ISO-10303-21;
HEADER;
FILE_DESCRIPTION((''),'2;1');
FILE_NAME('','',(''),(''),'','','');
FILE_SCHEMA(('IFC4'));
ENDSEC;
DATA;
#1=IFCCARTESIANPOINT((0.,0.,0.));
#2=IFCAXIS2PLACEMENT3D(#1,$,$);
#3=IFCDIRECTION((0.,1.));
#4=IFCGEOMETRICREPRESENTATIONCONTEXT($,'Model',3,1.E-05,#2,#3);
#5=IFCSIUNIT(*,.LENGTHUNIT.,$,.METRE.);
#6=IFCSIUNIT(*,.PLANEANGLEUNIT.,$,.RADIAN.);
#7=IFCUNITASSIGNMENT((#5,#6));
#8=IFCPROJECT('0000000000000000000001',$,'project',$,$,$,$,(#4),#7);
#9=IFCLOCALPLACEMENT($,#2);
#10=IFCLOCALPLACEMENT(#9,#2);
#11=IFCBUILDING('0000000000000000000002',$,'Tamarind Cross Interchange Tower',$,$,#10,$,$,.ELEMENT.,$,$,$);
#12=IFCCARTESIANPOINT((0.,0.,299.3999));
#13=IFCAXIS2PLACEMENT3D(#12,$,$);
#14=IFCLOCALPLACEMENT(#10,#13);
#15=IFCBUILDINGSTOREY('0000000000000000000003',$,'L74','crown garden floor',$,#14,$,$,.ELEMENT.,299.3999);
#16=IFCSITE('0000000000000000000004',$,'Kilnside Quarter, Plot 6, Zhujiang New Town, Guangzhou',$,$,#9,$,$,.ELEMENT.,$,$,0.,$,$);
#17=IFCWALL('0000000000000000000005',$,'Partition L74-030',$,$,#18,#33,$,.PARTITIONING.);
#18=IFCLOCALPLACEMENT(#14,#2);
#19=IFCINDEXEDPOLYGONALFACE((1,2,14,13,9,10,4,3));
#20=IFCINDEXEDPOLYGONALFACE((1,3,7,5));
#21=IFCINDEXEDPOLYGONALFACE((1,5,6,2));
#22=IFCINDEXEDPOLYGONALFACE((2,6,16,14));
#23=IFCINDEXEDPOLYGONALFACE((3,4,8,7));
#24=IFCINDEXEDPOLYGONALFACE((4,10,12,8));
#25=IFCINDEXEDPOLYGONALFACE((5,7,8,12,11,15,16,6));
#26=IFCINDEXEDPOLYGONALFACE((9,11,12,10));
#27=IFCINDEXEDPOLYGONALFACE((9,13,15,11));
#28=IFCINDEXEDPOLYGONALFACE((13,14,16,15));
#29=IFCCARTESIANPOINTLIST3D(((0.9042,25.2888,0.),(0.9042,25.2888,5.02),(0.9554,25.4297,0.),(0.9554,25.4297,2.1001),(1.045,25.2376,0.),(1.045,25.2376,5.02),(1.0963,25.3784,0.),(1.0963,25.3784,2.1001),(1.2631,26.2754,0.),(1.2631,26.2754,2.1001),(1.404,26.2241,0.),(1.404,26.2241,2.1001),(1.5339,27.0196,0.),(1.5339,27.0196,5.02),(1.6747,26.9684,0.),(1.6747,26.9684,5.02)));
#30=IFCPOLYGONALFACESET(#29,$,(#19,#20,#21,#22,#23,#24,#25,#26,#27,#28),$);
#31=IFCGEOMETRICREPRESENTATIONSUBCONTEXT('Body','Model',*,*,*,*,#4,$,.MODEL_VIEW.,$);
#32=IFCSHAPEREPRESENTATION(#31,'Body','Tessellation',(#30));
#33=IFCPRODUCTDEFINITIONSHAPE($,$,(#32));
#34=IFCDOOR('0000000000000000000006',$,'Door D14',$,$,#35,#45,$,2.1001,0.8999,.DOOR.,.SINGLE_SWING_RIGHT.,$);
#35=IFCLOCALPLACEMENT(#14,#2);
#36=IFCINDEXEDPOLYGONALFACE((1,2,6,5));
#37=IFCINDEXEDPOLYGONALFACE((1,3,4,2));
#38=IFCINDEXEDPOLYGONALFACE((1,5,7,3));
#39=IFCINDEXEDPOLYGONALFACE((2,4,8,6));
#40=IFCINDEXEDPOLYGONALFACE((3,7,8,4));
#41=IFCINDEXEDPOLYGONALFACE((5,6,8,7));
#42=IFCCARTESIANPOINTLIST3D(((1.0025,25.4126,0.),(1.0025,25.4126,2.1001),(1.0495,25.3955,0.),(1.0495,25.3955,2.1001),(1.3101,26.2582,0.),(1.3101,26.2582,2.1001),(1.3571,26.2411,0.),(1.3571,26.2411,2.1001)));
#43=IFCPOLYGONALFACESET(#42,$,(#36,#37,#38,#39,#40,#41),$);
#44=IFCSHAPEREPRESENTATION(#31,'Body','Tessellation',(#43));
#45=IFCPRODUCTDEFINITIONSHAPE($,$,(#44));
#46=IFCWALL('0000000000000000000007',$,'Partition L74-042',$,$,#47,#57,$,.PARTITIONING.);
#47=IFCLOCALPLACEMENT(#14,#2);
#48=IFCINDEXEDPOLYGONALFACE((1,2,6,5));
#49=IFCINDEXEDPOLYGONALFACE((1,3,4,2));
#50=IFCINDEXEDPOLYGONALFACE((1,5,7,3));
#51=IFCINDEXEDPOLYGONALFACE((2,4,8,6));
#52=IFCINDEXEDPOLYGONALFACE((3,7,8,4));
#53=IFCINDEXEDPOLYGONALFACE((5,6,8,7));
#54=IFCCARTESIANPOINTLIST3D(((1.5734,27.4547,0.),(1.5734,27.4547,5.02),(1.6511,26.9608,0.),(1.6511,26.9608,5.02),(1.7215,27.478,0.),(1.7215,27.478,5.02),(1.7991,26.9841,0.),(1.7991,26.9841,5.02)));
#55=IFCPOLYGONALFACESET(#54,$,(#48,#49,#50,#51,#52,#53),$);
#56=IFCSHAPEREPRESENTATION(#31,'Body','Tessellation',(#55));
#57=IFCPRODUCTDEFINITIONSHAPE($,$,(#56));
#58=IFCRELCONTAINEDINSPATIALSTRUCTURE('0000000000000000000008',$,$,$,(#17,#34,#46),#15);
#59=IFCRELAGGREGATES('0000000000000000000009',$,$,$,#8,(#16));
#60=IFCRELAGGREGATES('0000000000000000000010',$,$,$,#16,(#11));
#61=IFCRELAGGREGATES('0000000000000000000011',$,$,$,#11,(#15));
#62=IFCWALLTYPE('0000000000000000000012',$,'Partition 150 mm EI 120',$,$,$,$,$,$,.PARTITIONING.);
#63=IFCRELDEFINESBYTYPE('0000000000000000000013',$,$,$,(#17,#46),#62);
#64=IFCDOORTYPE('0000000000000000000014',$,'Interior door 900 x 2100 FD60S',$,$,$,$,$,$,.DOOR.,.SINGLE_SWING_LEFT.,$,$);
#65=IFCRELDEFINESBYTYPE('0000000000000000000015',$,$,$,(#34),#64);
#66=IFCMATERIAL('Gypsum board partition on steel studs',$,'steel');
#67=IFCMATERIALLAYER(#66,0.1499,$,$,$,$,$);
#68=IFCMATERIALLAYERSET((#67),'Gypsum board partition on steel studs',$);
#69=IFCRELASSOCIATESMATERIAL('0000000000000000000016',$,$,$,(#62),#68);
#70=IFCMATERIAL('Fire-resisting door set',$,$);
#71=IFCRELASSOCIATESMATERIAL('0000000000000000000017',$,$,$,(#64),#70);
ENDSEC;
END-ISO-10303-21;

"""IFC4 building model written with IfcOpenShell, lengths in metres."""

from ifc_helpers import new_model, si_unit, direction, frame, frame_2d, origin, place, context, subcontext, project, spatial, rectangle, extrude, material, layer, layer_set, type_object, element, fill, save


model = new_model("IFC4")

# Units and contexts
model_context = context("Model", 3, precision=1e-05, world=origin(), true_north=direction((0.0, 1.0)))
body_context = subcontext(model_context, "Body", "Model", "MODEL_VIEW")
ifc_project = project(units=[si_unit("LENGTHUNIT", "METRE"), si_unit("PLANEANGLEUNIT", "RADIAN")], contexts=[model_context])

# Site, building, storey
site_placement = place(None, origin())
site = spatial("IfcSite", under=ifc_project, at=site_placement, Name="Kilnside Quarter, Plot 6, Zhujiang New Town, Guangzhou", CompositionType="ELEMENT", RefElevation=0.0)
building_placement = place(site_placement, origin())
building = spatial("IfcBuilding", under=site, at=building_placement, Name="Tamarind Cross Interchange Tower", CompositionType="ELEMENT")
storey_placement = place(building_placement, frame((0.0, 0.0, 299.3999)))
storey = spatial("IfcBuildingStorey", under=building, at=storey_placement, Name="L74", Description="crown garden floor", CompositionType="ELEMENT", Elevation=299.3999)

# Shared definitions
ifc_material_1 = material(Name="Gypsum board partition on steel studs", Category="steel")
ifc_layer_1 = layer(ifc_material_1, 0.1499)
ifc_layer_set_1 = layer_set([ifc_layer_1], Name="Gypsum board partition on steel studs")
wall_type = type_object("IfcWallType", Name="Partition 150 mm EI 120", PredefinedType="PARTITIONING", material=ifc_layer_set_1)

# Wall, opening, door
wall_1_placement = place(storey_placement, frame((0.9746, 25.2632, 0.0), z_axis=(0.0, 0.0, 1.0), x_axis=(0.341881, 0.939743, 0.0)))
wall_1 = element("IfcWall", 1, at=wall_1_placement, inside=storey, type_object=wall_type, Name="Partition L74-030", PredefinedType="PARTITIONING", context=body_context, shape_type="SweptSolid", body=[
    extrude(rectangle(XDim=1.8418, YDim=0.1499, at=frame_2d((0.9209, 0.0))), origin(), (0.0, 0.0, 1.0), 5.02),
])
opening_placement = place(wall_1_placement, frame((0.1499, 0.0, 0.0)))
opening = element("IfcOpeningElement", 2, at=opening_placement, cuts=wall_1, PredefinedType="OPENING", context=body_context, shape_type="SweptSolid", body=[
    extrude(rectangle(XDim=0.8999, YDim=2.1001, at=frame_2d((0.45, 1.05))), frame((0.0, 0.085, 0.0), z_axis=(0.0, -1.0, 0.0), x_axis=(1.0, 0.0, 0.0)), (0.0, 0.0, 1.0), 0.1699),
])
ifc_material_2 = material(Name="Fire-resisting door set")
door_type = type_object("IfcDoorType", Name="Interior door 900 x 2100 FD60S", OperationType="SINGLE_SWING_LEFT", PredefinedType="DOOR", material=ifc_material_2)
door_placement = place(opening_placement, origin())
door = element("IfcDoor", 3, at=door_placement, inside=storey, type_object=door_type, Name="Door D14", OperationType="SINGLE_SWING_RIGHT", OverallHeight=2.1001, OverallWidth=0.8999, PredefinedType="DOOR", context=body_context, shape_type="SweptSolid", body=[
    extrude(rectangle(XDim=0.8999, YDim=2.1001, at=frame_2d((0.45, 1.05))), frame((0.0, 0.0249, 0.0), z_axis=(0.0, -1.0, 0.0), x_axis=(1.0, 0.0, 0.0)), (0.0, 0.0, 1.0), 0.05),
])
fill(opening, door)

# Wall
wall_2_placement = place(storey_placement, frame((1.7251, 26.9724, 0.0), z_axis=(0.0, 0.0, 1.0), x_axis=(-0.155285, 0.98787, 0.0)))
element("IfcWall", 4, at=wall_2_placement, inside=storey, type_object=wall_type, Name="Partition L74-042", PredefinedType="PARTITIONING", context=body_context, shape_type="SweptSolid", body=[
    extrude(rectangle(XDim=0.5, YDim=0.1499, at=frame_2d((0.25, 0.0))), origin(), (0.0, 0.0, 1.0), 5.02),
])

save(model, "model.ifc")
